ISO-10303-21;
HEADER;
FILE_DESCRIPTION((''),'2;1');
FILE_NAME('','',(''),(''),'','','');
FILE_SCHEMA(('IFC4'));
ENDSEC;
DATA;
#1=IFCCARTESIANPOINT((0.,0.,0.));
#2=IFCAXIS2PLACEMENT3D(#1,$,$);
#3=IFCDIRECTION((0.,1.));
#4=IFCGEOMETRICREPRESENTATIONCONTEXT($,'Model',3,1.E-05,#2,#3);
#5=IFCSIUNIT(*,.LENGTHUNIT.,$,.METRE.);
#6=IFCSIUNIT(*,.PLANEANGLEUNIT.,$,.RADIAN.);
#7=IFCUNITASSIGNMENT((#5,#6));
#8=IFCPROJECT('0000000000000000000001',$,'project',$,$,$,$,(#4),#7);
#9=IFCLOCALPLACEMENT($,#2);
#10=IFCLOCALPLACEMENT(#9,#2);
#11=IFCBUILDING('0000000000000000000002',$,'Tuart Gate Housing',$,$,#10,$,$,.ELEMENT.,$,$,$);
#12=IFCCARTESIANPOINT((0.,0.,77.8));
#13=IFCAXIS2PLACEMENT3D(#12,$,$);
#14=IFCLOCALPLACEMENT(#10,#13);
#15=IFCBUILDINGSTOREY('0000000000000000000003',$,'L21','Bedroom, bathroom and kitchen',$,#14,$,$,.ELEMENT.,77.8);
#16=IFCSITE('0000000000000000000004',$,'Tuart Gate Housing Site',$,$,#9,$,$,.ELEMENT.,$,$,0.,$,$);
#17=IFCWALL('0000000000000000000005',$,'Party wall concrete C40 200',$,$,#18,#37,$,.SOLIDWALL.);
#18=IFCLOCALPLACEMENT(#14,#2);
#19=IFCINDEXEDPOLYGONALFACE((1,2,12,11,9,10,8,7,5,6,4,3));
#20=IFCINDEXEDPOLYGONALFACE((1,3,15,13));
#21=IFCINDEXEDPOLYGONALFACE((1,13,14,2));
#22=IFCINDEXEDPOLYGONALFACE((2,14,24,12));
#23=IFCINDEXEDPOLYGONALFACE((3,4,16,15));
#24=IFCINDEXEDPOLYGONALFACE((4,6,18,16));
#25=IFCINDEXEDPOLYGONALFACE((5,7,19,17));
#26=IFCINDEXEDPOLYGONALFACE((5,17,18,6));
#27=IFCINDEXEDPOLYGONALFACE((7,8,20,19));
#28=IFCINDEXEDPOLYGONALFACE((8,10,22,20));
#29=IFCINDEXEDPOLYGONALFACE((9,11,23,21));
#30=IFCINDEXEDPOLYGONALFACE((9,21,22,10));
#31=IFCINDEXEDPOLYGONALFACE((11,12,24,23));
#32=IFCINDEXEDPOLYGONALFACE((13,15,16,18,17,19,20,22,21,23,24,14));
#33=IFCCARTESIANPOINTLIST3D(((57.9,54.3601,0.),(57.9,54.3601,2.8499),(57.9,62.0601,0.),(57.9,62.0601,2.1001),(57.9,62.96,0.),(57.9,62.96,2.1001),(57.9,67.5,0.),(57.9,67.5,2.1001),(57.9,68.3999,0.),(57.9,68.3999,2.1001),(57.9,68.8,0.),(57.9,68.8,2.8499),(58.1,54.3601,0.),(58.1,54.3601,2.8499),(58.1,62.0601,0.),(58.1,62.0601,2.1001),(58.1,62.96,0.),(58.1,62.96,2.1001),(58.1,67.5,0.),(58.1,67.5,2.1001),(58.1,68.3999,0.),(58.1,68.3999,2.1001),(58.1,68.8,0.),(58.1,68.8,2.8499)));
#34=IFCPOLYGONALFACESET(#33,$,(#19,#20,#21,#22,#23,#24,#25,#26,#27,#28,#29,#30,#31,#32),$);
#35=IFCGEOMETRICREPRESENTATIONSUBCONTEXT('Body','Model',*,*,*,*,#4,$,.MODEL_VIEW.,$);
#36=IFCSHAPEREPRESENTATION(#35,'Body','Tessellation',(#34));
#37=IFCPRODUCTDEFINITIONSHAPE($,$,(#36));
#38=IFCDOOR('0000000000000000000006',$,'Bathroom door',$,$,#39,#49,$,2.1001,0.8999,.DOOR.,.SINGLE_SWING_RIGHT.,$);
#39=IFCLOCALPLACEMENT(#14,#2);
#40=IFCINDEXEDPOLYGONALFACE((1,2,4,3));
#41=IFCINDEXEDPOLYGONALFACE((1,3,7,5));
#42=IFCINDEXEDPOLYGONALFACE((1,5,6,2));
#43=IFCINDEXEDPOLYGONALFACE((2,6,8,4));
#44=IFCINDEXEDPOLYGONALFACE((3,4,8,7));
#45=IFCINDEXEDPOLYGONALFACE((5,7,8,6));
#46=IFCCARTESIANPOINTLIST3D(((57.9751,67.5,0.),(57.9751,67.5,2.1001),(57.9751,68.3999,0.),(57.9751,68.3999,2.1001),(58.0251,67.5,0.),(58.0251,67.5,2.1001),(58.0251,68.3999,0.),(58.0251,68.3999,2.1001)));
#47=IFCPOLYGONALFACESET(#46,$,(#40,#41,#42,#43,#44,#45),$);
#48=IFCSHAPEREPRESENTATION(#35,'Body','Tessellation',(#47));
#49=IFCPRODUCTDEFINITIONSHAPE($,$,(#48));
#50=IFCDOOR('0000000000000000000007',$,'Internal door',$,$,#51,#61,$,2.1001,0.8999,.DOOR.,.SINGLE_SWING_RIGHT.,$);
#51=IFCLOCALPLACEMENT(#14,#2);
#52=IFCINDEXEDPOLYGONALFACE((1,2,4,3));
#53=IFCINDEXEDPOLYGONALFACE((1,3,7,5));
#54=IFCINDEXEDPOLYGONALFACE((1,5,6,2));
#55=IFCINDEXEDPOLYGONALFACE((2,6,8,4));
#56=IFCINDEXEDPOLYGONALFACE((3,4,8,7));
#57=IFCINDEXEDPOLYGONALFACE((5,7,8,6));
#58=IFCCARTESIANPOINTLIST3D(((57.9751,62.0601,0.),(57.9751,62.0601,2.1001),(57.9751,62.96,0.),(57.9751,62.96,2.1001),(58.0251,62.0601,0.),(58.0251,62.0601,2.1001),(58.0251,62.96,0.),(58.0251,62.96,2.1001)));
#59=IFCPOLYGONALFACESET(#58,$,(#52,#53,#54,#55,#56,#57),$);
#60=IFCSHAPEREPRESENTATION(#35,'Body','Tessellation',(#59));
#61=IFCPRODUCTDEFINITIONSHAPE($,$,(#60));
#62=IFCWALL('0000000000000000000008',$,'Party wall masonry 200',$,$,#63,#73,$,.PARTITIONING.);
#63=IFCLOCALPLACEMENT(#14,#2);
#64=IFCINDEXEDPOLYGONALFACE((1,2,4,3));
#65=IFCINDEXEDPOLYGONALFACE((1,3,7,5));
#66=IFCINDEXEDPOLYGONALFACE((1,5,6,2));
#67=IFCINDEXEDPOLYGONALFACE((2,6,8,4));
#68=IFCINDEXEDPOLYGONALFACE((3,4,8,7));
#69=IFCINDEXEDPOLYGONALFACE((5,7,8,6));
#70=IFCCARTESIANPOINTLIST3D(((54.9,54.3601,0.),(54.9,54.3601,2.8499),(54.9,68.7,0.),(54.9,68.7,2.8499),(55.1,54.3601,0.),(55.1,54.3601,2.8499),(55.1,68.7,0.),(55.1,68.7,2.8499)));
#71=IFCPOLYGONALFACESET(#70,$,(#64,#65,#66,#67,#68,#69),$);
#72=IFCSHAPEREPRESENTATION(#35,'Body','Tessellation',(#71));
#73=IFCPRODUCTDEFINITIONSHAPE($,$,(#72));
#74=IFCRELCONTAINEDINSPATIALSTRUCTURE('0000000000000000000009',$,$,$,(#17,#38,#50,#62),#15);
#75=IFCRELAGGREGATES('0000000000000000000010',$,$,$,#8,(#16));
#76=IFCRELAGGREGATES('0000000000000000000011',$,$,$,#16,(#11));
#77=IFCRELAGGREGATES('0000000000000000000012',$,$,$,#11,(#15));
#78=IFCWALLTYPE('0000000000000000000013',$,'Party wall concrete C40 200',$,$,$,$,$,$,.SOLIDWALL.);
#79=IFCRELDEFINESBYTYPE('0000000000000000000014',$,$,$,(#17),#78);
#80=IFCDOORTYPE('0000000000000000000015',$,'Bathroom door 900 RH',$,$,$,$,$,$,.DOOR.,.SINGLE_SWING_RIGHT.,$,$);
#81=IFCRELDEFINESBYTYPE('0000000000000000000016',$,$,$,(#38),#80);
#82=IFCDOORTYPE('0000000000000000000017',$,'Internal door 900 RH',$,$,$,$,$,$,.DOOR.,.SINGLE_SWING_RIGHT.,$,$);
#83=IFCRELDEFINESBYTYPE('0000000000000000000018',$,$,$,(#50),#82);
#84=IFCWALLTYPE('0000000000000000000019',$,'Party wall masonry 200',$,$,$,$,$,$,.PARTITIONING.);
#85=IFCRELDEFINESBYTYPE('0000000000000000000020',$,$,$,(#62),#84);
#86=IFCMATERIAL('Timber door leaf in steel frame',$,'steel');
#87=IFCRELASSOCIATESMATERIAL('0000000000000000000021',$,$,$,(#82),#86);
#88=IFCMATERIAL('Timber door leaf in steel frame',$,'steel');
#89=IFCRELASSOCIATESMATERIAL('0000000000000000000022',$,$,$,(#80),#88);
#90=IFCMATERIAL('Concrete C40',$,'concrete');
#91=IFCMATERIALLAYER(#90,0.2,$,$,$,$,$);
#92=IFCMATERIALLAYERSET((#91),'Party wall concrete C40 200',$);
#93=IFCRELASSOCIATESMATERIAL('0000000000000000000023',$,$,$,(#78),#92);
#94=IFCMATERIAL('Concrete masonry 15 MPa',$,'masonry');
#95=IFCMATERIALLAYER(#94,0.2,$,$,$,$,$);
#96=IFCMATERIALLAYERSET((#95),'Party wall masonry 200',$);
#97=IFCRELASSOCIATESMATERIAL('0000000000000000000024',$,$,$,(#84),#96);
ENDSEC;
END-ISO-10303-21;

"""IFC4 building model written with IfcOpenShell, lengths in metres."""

from ifc_helpers import new_model, si_unit, direction, frame, frame_2d, origin, place, context, subcontext, project, spatial, rectangle, extrude, material, layer, layer_set, type_object, element, fill, save


model = new_model("IFC4")

# Units and contexts
model_context = context("Model", 3, precision=1e-05, world=origin(), true_north=direction((0.0, 1.0)))
body_context = subcontext(model_context, "Body", "Model", "MODEL_VIEW")
ifc_project = project(units=[si_unit("LENGTHUNIT", "METRE"), si_unit("PLANEANGLEUNIT", "RADIAN")], contexts=[model_context])

# Site, building, storey
site_placement = place(None, origin())
site = spatial("IfcSite", under=ifc_project, at=site_placement, Name="Tuart Gate Housing Site", CompositionType="ELEMENT", RefElevation=0.0)
building_placement = place(site_placement, origin())
building = spatial("IfcBuilding", under=site, at=building_placement, Name="Tuart Gate Housing", CompositionType="ELEMENT")
storey_placement = place(building_placement, frame((0.0, 0.0, 77.8)))
storey = spatial("IfcBuildingStorey", under=building, at=storey_placement, Name="L21", Description="Bedroom, bathroom and kitchen", CompositionType="ELEMENT", Elevation=77.8)

# Shared definitions
ifc_material_1 = material(Name="Timber door leaf in steel frame", Category="steel")
door_type_1 = type_object("IfcDoorType", Name="Internal door 900 RH", OperationType="SINGLE_SWING_RIGHT", PredefinedType="DOOR", material=ifc_material_1)

# Shared definitions
ifc_material_2 = material(Name="Timber door leaf in steel frame", Category="steel")
door_type_2 = type_object("IfcDoorType", Name="Bathroom door 900 RH", OperationType="SINGLE_SWING_RIGHT", PredefinedType="DOOR", material=ifc_material_2)

# Shared definitions
ifc_material_3 = material(Name="Concrete C40", Category="concrete")
ifc_layer_1 = layer(ifc_material_3, 0.2)
ifc_layer_set_1 = layer_set([ifc_layer_1], Name="Party wall concrete C40 200")
wall_type_1 = type_object("IfcWallType", Name="Party wall concrete C40 200", PredefinedType="SOLIDWALL", material=ifc_layer_set_1)

# Wall, openings, doors
wall_1_placement = place(storey_placement, frame((58.0, 54.3601, 0.0), z_axis=(0.0, 0.0, 1.0), x_axis=(0.0, 1.0, 0.0)))
wall_1 = element("IfcWall", 1, at=wall_1_placement, inside=storey, type_object=wall_type_1, Name="Party wall concrete C40 200", PredefinedType="SOLIDWALL", context=body_context, shape_type="SweptSolid", body=[
    extrude(rectangle(XDim=14.4399, YDim=0.2, at=frame_2d((7.22, 0.0))), origin(), (0.0, 0.0, 1.0), 2.8499),
])
opening_1_placement = place(wall_1_placement, frame((7.7, 0.0, 0.0)))
opening_1 = element("IfcOpeningElement", 2, at=opening_1_placement, cuts=wall_1, PredefinedType="OPENING", context=body_context, shape_type="SweptSolid", body=[
    extrude(rectangle(XDim=0.8999, YDim=2.1001, at=frame_2d((0.45, 1.05))), frame((0.0, 0.1099, 0.0), z_axis=(0.0, -1.0, 0.0), x_axis=(1.0, 0.0, 0.0)), (0.0, 0.0, 1.0), 0.22),
])
opening_2_placement = place(wall_1_placement, frame((13.1399, 0.0, 0.0)))
opening_2 = element("IfcOpeningElement", 3, at=opening_2_placement, cuts=wall_1, PredefinedType="OPENING", context=body_context, shape_type="SweptSolid", body=[
    extrude(rectangle(XDim=0.8999, YDim=2.1001, at=frame_2d((0.45, 1.05))), frame((0.0, 0.1099, 0.0), z_axis=(0.0, -1.0, 0.0), x_axis=(1.0, 0.0, 0.0)), (0.0, 0.0, 1.0), 0.22),
])
door_1_placement = place(opening_2_placement, origin())
door_1 = element("IfcDoor", 4, at=door_1_placement, inside=storey, type_object=door_type_2, Name="Bathroom door", OperationType="SINGLE_SWING_RIGHT", OverallHeight=2.1001, OverallWidth=0.8999, PredefinedType="DOOR", context=body_context, shape_type="SweptSolid", body=[
    extrude(rectangle(XDim=0.8999, YDim=2.1001, at=frame_2d((0.45, 1.05))), frame((0.0, 0.0249, 0.0), z_axis=(0.0, -1.0, 0.0), x_axis=(1.0, 0.0, 0.0)), (0.0, 0.0, 1.0), 0.05),
])
fill(opening_2, door_1)
door_2_placement = place(opening_1_placement, origin())
door_2 = element("IfcDoor", 5, at=door_2_placement, inside=storey, type_object=door_type_1, Name="Internal door", OperationType="SINGLE_SWING_RIGHT", OverallHeight=2.1001, OverallWidth=0.8999, PredefinedType="DOOR", context=body_context, shape_type="SweptSolid", body=[
    extrude(rectangle(XDim=0.8999, YDim=2.1001, at=frame_2d((0.45, 1.05))), frame((0.0, 0.0249, 0.0), z_axis=(0.0, -1.0, 0.0), x_axis=(1.0, 0.0, 0.0)), (0.0, 0.0, 1.0), 0.05),
])
fill(opening_1, door_2)

# Wall
ifc_material_4 = material(Name="Concrete masonry 15 MPa", Category="masonry")
ifc_layer_2 = layer(ifc_material_4, 0.2)
ifc_layer_set_2 = layer_set([ifc_layer_2], Name="Party wall masonry 200")
wall_type_2 = type_object("IfcWallType", Name="Party wall masonry 200", PredefinedType="PARTITIONING", material=ifc_layer_set_2)
wall_2_placement = place(storey_placement, frame((55.0, 54.3601, 0.0), z_axis=(0.0, 0.0, 1.0), x_axis=(0.0, 1.0, 0.0)))
element("IfcWall", 6, at=wall_2_placement, inside=storey, type_object=wall_type_2, Name="Party wall masonry 200", PredefinedType="PARTITIONING", context=body_context, shape_type="SweptSolid", body=[
    extrude(rectangle(XDim=14.3398, YDim=0.2, at=frame_2d((7.1699, 0.0))), origin(), (0.0, 0.0, 1.0), 2.8499),
])

save(model, "model.ifc")
